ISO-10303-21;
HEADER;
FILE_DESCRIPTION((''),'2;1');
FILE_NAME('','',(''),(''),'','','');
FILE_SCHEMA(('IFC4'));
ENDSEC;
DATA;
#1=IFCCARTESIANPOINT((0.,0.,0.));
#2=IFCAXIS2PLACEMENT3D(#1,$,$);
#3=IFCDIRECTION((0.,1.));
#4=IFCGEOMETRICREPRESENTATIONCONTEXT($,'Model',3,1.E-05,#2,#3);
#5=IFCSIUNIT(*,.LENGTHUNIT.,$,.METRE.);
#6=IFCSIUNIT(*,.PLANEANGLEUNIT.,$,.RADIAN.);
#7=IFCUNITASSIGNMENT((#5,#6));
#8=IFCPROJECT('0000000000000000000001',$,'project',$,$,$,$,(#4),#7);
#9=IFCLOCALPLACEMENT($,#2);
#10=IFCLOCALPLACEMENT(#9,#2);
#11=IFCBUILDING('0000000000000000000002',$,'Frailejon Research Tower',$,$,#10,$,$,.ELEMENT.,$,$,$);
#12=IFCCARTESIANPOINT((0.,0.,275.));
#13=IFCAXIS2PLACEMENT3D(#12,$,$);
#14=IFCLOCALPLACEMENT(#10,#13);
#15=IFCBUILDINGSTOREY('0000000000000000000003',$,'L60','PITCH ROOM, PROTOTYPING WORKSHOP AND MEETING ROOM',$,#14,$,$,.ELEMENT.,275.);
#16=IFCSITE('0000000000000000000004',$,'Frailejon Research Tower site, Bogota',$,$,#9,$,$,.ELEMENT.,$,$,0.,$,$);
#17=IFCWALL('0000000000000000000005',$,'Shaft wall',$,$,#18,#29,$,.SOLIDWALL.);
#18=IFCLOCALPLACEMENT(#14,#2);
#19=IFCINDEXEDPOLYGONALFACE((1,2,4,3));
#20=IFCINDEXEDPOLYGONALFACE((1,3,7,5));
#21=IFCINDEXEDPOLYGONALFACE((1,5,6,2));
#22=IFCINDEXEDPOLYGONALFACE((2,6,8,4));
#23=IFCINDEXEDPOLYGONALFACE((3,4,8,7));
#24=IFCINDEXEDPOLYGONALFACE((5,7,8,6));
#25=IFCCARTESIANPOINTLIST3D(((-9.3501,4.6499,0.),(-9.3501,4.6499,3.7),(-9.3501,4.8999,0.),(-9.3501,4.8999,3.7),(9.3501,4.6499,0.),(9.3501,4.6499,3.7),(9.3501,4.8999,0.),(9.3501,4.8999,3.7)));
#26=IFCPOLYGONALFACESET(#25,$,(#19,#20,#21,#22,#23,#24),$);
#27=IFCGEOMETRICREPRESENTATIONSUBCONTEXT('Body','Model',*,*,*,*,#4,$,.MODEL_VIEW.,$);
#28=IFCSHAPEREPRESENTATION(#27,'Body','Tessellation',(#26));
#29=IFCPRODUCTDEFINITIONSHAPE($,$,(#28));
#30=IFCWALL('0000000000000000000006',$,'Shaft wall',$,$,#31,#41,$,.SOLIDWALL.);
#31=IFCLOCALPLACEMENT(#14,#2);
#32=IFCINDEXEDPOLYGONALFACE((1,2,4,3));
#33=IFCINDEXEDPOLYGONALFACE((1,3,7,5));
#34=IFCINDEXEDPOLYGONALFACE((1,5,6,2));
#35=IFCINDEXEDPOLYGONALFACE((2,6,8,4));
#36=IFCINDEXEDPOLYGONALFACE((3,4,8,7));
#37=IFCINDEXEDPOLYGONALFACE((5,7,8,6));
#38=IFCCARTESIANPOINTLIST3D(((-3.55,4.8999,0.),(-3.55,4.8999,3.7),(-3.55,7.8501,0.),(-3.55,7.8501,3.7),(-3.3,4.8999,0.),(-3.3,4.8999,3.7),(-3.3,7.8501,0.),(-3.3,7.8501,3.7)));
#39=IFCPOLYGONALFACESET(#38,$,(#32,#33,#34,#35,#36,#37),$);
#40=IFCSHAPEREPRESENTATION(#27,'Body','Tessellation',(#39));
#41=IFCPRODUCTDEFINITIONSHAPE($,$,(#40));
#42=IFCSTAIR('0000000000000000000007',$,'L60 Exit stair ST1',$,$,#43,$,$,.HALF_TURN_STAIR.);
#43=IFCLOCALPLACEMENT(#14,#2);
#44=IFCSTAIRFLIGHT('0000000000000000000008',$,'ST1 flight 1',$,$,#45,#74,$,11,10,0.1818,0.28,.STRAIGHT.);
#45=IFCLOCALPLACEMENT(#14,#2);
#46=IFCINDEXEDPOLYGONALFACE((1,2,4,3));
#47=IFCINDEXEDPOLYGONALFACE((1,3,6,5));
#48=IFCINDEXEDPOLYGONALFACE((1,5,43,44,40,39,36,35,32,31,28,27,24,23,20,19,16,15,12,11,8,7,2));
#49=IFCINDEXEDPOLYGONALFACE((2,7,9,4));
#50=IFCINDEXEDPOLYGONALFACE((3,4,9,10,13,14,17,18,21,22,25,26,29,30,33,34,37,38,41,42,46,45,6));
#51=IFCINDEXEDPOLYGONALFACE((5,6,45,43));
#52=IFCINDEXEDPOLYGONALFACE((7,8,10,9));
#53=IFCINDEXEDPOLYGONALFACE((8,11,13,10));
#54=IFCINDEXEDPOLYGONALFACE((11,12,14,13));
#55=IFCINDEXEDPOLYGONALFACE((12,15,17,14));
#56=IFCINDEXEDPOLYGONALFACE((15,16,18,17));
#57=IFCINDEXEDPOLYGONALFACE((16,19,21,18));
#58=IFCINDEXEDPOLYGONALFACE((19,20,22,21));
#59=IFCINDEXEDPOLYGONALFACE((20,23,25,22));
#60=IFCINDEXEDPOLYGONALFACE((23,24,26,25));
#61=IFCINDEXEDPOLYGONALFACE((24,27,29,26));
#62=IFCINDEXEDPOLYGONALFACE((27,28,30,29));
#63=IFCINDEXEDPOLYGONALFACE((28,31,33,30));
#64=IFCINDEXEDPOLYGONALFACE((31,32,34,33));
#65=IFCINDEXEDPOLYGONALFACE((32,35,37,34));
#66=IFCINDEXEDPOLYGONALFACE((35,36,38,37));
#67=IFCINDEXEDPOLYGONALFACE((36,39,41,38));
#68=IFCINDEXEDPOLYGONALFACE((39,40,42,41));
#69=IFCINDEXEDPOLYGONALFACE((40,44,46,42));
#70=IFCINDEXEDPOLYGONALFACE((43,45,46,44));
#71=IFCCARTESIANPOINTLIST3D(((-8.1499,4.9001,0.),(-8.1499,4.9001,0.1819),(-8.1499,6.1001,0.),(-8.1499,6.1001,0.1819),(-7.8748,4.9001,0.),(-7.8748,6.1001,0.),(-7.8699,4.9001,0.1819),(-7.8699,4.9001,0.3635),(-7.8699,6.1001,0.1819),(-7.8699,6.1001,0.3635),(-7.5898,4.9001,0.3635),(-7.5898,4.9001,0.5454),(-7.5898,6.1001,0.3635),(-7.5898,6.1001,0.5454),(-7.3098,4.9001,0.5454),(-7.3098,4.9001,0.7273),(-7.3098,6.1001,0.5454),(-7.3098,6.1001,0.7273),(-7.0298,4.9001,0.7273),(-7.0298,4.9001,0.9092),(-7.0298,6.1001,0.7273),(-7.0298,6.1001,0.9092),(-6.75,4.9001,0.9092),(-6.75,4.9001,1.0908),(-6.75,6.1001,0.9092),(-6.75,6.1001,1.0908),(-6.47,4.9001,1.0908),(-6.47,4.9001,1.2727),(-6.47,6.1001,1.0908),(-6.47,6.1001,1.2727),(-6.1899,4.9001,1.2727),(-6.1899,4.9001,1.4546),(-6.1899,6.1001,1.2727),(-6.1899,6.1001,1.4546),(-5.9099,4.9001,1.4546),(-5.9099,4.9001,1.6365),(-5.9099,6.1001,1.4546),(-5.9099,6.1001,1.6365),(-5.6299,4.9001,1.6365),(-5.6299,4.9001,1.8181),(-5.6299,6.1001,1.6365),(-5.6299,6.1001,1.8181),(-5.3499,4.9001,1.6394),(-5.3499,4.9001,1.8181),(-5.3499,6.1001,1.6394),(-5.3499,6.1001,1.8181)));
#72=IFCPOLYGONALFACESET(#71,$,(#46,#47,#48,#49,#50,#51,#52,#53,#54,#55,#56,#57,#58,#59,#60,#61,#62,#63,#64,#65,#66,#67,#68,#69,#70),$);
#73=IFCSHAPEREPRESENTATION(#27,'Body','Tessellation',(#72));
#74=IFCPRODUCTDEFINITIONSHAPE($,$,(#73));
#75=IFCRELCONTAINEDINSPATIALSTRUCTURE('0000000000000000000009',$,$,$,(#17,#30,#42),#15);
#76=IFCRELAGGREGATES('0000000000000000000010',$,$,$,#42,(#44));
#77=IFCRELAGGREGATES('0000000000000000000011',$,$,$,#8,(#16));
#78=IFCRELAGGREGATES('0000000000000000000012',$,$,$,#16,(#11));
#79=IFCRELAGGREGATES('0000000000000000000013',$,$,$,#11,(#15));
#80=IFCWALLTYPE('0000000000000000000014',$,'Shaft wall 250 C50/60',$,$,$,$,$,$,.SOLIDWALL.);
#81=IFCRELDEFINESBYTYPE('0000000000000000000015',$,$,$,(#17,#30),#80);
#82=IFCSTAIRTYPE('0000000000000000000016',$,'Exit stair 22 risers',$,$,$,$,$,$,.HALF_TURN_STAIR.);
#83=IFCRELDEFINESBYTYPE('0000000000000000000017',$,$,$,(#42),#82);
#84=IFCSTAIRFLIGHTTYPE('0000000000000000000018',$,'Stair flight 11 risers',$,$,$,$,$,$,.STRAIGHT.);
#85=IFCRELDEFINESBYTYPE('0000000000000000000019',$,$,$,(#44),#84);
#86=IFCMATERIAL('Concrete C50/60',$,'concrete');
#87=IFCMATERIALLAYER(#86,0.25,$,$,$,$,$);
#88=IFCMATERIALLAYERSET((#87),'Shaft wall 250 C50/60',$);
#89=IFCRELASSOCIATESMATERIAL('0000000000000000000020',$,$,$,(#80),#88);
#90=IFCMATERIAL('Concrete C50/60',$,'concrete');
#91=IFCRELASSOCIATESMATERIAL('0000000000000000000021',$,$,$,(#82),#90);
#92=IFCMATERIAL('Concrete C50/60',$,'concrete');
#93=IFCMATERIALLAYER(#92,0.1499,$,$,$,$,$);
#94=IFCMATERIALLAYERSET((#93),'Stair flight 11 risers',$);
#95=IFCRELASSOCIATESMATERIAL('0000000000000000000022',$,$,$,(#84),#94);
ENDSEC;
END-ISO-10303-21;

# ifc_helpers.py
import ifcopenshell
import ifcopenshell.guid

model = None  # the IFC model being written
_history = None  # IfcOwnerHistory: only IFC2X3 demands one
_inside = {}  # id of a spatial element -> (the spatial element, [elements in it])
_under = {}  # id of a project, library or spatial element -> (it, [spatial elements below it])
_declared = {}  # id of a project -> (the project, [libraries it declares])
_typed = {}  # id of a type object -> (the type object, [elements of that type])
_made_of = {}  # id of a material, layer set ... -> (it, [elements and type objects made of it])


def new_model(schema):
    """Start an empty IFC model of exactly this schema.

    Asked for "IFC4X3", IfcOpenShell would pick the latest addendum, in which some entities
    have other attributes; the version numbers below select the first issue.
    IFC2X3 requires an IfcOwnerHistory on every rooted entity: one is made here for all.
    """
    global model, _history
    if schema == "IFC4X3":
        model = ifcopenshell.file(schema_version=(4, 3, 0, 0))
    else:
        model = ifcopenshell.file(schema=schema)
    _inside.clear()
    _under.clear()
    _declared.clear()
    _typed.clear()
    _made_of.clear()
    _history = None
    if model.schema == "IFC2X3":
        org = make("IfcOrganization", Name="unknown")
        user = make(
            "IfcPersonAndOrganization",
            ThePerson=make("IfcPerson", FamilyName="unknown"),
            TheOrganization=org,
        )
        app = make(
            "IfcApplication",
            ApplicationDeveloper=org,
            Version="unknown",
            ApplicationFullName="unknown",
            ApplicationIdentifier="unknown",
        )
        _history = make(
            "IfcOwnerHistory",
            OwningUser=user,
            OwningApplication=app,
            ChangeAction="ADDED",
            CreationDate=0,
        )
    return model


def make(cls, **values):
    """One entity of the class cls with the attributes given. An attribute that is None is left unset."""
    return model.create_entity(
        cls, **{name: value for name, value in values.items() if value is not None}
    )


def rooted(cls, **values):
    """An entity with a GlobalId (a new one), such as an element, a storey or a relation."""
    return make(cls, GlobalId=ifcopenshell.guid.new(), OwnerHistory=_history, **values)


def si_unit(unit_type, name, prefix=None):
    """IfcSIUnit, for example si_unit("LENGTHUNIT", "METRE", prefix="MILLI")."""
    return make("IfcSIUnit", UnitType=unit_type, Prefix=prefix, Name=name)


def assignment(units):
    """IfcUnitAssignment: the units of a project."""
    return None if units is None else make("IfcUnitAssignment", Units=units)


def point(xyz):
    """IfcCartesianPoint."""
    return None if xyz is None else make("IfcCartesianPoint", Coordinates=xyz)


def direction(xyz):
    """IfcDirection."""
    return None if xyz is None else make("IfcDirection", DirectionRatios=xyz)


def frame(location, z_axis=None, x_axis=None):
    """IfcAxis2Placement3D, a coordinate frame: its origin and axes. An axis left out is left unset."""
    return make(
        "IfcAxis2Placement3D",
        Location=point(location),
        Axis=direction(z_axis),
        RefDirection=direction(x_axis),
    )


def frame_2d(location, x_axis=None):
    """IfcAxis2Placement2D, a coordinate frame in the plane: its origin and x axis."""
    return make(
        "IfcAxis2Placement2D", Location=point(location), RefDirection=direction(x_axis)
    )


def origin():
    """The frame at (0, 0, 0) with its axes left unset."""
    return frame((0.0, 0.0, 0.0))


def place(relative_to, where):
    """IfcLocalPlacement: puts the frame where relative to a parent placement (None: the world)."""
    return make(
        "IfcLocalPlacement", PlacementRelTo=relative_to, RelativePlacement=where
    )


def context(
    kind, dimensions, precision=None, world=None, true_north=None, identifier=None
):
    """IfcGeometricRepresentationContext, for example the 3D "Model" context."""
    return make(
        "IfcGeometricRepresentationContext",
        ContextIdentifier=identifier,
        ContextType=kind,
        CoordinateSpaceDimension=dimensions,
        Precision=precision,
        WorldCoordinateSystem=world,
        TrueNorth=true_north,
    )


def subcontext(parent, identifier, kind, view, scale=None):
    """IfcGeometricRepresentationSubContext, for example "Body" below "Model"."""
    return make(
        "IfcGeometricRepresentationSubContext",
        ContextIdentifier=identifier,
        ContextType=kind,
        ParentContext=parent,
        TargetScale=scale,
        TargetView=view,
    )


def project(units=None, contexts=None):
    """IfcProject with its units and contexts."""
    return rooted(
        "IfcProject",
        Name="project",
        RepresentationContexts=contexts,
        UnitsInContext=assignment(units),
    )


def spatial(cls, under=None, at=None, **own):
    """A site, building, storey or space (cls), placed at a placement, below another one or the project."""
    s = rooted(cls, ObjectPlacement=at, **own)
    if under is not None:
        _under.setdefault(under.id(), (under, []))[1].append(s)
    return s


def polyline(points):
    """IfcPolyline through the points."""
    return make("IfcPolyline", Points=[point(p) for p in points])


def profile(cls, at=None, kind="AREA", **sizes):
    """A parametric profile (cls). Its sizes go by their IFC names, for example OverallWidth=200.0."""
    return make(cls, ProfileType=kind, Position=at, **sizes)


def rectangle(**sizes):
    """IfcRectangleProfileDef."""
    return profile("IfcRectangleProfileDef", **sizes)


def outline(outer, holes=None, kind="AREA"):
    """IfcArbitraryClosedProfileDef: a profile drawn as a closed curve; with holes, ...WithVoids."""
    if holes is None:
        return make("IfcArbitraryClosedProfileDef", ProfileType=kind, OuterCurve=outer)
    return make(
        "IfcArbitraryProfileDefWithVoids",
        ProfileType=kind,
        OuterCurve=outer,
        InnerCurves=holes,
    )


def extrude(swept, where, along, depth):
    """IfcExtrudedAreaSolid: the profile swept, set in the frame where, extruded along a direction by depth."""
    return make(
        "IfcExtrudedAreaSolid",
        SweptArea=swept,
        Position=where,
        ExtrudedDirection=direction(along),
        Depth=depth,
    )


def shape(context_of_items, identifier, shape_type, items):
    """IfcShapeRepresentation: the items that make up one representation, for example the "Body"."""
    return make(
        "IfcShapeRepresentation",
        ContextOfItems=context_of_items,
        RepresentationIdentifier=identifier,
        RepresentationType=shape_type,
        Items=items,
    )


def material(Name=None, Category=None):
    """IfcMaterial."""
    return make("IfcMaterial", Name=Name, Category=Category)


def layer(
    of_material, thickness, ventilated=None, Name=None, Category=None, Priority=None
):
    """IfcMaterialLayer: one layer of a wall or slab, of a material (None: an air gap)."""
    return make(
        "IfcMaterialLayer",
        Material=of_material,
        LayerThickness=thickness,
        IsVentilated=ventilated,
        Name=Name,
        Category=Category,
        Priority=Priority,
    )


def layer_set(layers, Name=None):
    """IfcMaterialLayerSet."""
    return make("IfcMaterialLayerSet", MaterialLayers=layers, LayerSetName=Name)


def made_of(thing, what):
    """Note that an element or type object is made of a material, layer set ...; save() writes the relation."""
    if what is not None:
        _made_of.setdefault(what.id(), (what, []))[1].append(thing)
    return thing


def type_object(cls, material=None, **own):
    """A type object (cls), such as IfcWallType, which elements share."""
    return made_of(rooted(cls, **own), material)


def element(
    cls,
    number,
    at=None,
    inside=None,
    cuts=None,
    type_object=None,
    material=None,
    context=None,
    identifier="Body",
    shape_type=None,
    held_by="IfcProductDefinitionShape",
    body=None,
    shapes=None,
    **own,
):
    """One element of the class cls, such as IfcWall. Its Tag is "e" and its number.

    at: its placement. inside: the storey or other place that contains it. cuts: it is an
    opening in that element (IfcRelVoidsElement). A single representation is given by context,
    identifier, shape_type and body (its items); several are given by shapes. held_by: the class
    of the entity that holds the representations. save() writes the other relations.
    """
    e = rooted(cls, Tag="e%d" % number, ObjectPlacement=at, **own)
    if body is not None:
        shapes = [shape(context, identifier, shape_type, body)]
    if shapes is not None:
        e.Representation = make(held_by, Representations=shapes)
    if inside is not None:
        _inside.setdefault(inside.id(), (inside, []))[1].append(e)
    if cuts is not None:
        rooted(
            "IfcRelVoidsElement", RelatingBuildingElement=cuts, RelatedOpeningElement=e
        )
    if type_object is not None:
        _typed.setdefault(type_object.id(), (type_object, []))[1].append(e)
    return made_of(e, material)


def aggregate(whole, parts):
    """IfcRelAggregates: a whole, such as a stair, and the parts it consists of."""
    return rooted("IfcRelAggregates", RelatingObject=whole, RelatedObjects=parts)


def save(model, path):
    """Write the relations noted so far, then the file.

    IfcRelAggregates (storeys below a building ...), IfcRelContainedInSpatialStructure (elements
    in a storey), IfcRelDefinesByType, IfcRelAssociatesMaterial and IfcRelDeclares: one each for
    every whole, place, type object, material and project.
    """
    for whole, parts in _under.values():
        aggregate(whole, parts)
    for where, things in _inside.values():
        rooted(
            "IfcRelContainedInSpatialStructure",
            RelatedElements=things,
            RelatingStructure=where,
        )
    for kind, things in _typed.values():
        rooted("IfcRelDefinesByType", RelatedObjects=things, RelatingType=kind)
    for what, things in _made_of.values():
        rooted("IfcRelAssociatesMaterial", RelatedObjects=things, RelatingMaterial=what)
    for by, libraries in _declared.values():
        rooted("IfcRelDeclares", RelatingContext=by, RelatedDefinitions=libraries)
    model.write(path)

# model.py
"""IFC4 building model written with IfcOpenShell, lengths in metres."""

from ifc_helpers import new_model, si_unit, direction, frame, frame_2d, origin, place, context, subcontext, project, spatial, polyline, rectangle, outline, extrude, material, layer, layer_set, type_object, element, aggregate, save


model = new_model("IFC4")

# Units and contexts
model_context = context("Model", 3, precision=1e-05, world=origin(), true_north=direction((0.0, 1.0)))
body_context = subcontext(model_context, "Body", "Model", "MODEL_VIEW")
ifc_project = project(units=[si_unit("LENGTHUNIT", "METRE"), si_unit("PLANEANGLEUNIT", "RADIAN")], contexts=[model_context])

# Site, building, storey
site_placement = place(None, origin())
site = spatial("IfcSite", under=ifc_project, at=site_placement, Name="Frailejon Research Tower site, Bogota", CompositionType="ELEMENT", RefElevation=0.0)
building_placement = place(site_placement, origin())
building = spatial("IfcBuilding", under=site, at=building_placement, Name="Frailejon Research Tower", CompositionType="ELEMENT")
storey_placement = place(building_placement, frame((0.0, 0.0, 275.0)))
storey = spatial("IfcBuildingStorey", under=building, at=storey_placement, Name="L60", Description="PITCH ROOM, PROTOTYPING WORKSHOP AND MEETING ROOM", CompositionType="ELEMENT", Elevation=275.0)

# Shared definitions
ifc_material_1 = material(Name="Concrete C50/60", Category="concrete")
ifc_layer_1 = layer(ifc_material_1, 0.25)
ifc_layer_set_1 = layer_set([ifc_layer_1], Name="Shaft wall 250 C50/60")
wall_type_1 = type_object("IfcWallType", Name="Shaft wall 250 C50/60", PredefinedType="SOLIDWALL", material=ifc_layer_set_1)

# Walls
wall_1_placement = place(storey_placement, frame((-9.3501, 4.7749, 0.0), z_axis=(0.0, 0.0, 1.0), x_axis=(1.0, 0.0, 0.0)))
element("IfcWall", 1, at=wall_1_placement, inside=storey, type_object=wall_type_1, Name="Shaft wall", PredefinedType="SOLIDWALL", context=body_context, shape_type="SweptSolid", body=[
    extrude(rectangle(XDim=18.7002, YDim=0.25, at=frame_2d((9.3501, 0.0))), origin(), (0.0, 0.0, 1.0), 3.7),
])
wall_2_placement = place(storey_placement, frame((-3.425, 4.8999, 0.0), z_axis=(0.0, 0.0, 1.0), x_axis=(0.0, 1.0, 0.0)))
element("IfcWall", 2, at=wall_2_placement, inside=storey, type_object=wall_type_1, Name="Shaft wall", PredefinedType="SOLIDWALL", context=body_context, shape_type="SweptSolid", body=[
    extrude(rectangle(XDim=2.9502, YDim=0.25, at=frame_2d((1.4751, 0.0))), origin(), (0.0, 0.0, 1.0), 3.7),
])

# Stair, stair flight
ifc_material_2 = material(Name="Concrete C50/60", Category="concrete")
stair_type = type_object("IfcStairType", Name="Exit stair 22 risers", PredefinedType="HALF_TURN_STAIR", material=ifc_material_2)
stair_placement = place(storey_placement, origin())
stair = element("IfcStair", 3, at=stair_placement, inside=storey, type_object=stair_type, Name="L60 Exit stair ST1", PredefinedType="HALF_TURN_STAIR")
ifc_material_3 = material(Name="Concrete C50/60", Category="concrete")
ifc_layer_2 = layer(ifc_material_3, 0.1499)
ifc_layer_set_2 = layer_set([ifc_layer_2], Name="Stair flight 11 risers")
stair_flight_type = type_object("IfcStairFlightType", Name="Stair flight 11 risers", PredefinedType="STRAIGHT", material=ifc_layer_set_2)
stair_flight_placement = place(storey_placement, frame((-8.1499, 5.5, 0.0), z_axis=(0.0, 0.0, 1.0), x_axis=(1.0, 0.0, 0.0)))
stair_flight = element("IfcStairFlight", 4, at=stair_flight_placement, type_object=stair_flight_type, Name="ST1 flight 1", NumberOfRisers=11, NumberOfTreads=10, PredefinedType="STRAIGHT", RiserHeight=0.1818, TreadLength=0.28, context=body_context, shape_type="SweptSolid", body=[
    extrude(outline(polyline([(0.0, 0.0), (0.0, 0.1819), (0.28, 0.1819), (0.28, 0.3635), (0.5601, 0.3635), (0.5601, 0.5454), (0.8401, 0.5454), (0.8401, 0.7273), (1.1201, 0.7273), (1.1201, 0.9092), (1.3999, 0.9092), (1.3999, 1.0908), (1.6799, 1.0908), (1.6799, 1.2727), (1.96, 1.2727), (1.96, 1.4546), (2.24, 1.4546), (2.24, 1.6365), (2.52, 1.6365), (2.52, 1.8181), (2.8, 1.8181), (2.8, 2.0), (2.8, 1.6394), (0.2751, 0.0), (0.0, 0.0)])), frame((0.0, 0.6001, 0.0), z_axis=(0.0, -1.0, 0.0), x_axis=(1.0, 0.0, 0.0)), (0.0, 0.0, 1.0), 1.2),
])
aggregate(stair, [stair_flight])

save(model, "model.ifc")
